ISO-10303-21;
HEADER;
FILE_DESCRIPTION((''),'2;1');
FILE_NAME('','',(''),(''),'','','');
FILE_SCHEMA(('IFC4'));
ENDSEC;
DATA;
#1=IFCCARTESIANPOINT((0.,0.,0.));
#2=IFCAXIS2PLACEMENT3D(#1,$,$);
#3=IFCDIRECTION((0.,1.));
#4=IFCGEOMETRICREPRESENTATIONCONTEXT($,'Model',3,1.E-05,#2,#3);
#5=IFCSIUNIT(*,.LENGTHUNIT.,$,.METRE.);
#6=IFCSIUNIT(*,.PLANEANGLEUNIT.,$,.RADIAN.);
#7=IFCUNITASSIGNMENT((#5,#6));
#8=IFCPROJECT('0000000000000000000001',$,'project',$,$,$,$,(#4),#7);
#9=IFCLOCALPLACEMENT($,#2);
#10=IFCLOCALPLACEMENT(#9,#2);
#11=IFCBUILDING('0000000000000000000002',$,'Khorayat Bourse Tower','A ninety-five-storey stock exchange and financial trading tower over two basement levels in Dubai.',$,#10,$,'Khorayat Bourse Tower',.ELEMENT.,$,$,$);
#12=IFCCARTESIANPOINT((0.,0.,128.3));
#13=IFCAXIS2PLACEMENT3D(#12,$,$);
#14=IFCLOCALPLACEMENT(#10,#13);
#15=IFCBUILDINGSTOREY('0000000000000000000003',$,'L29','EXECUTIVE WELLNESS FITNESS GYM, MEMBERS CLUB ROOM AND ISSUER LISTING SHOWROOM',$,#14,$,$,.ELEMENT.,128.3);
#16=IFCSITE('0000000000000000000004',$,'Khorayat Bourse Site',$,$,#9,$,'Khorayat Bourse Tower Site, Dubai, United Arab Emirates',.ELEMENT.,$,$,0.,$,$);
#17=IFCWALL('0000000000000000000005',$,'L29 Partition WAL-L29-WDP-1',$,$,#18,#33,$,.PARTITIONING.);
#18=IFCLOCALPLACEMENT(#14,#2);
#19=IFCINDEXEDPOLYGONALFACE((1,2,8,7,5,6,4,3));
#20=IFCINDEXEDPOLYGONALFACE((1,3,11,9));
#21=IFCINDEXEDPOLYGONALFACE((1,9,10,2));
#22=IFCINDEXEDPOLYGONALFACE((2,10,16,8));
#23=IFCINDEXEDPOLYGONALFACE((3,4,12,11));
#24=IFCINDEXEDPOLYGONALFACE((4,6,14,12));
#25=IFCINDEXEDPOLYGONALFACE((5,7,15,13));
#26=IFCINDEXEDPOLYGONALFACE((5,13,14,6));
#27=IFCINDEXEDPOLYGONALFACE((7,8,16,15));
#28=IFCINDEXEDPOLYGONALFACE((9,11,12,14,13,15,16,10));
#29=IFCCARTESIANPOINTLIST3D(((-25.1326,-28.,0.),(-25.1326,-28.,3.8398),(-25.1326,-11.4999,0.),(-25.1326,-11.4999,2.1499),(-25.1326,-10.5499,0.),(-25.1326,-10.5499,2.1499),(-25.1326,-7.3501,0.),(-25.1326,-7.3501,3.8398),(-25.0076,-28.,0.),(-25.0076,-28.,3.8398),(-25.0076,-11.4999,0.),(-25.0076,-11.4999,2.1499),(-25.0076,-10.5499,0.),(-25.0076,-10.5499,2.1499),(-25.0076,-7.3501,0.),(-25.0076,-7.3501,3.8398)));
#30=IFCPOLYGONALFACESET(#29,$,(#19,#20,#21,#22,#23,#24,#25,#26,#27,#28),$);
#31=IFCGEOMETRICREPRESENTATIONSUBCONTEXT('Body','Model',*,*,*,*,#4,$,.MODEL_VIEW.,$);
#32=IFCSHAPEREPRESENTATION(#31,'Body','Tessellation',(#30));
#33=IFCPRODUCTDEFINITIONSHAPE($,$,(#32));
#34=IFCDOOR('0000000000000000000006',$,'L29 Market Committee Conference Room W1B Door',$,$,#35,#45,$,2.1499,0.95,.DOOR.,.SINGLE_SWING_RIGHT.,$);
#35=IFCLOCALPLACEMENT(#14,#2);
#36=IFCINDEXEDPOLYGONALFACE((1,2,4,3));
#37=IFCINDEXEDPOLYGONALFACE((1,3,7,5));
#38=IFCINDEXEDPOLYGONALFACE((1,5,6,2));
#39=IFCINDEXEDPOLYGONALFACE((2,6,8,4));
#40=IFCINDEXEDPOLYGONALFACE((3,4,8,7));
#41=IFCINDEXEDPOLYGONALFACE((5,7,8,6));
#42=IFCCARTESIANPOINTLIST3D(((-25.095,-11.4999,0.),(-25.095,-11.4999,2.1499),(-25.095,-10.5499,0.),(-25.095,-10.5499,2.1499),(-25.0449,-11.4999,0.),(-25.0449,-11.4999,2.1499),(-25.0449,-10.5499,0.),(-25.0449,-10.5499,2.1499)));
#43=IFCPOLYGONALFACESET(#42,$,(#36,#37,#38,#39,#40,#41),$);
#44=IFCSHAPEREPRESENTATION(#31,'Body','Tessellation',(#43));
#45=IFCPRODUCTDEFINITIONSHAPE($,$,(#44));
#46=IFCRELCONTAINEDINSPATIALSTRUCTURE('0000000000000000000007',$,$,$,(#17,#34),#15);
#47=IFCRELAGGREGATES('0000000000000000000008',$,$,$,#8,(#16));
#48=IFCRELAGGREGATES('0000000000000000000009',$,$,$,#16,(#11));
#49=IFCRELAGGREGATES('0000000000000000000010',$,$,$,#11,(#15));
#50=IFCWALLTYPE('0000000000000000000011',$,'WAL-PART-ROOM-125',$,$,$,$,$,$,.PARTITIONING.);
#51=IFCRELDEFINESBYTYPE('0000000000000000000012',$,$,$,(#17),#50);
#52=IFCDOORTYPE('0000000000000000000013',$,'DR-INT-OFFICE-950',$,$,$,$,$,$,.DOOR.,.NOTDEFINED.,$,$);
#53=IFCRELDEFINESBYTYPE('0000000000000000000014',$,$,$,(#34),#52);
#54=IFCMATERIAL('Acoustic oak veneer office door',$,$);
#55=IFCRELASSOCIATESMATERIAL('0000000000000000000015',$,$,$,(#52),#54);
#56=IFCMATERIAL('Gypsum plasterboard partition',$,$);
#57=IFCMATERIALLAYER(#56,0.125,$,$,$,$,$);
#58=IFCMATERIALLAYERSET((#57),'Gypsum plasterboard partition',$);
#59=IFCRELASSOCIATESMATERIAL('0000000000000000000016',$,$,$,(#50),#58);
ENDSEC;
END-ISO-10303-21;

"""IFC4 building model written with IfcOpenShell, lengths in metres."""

from ifc_helpers import new_model, si_unit, direction, frame, frame_2d, origin, place, context, subcontext, project, spatial, rectangle, extrude, source, transform, mapped, material, layer, layer_set, type_object, element, fill, save


model = new_model("IFC4")

# Units and contexts
model_context = context("Model", 3, precision=1e-05, world=origin(), true_north=direction((0.0, 1.0)))
body_context = subcontext(model_context, "Body", "Model", "MODEL_VIEW")
ifc_project = project(units=[si_unit("LENGTHUNIT", "METRE"), si_unit("PLANEANGLEUNIT", "RADIAN")], contexts=[model_context])

# Site, building, storey
site_placement = place(None, origin())
site = spatial("IfcSite", under=ifc_project, at=site_placement, Name="Khorayat Bourse Site", LongName="Khorayat Bourse Tower Site, Dubai, United Arab Emirates", CompositionType="ELEMENT", RefElevation=0.0)
building_placement = place(site_placement, origin())
building = spatial("IfcBuilding", under=site, at=building_placement, Name="Khorayat Bourse Tower", Description="A ninety-five-storey stock exchange and financial trading tower over two basement levels in Dubai.", LongName="Khorayat Bourse Tower", CompositionType="ELEMENT")
storey_placement = place(building_placement, frame((0.0, 0.0, 128.3)))
storey = spatial("IfcBuildingStorey", under=building, at=storey_placement, Name="L29", Description="EXECUTIVE WELLNESS FITNESS GYM, MEMBERS CLUB ROOM AND ISSUER LISTING SHOWROOM", CompositionType="ELEMENT", Elevation=128.3)

# Wall, opening, door
ifc_material_1 = material(Name="Acoustic oak veneer office door")
door_type = type_object("IfcDoorType", Name="DR-INT-OFFICE-950", OperationType="NOTDEFINED", PredefinedType="DOOR", material=ifc_material_1)
shared_shape_1 = source(origin(), body_context, "Body", "SweptSolid", [
    extrude(rectangle(XDim=0.95, YDim=2.1499, at=frame_2d((0.4751, 1.075))), frame((0.0, 0.0249, 0.0), z_axis=(0.0, -1.0, 0.0), x_axis=(1.0, 0.0, 0.0)), (0.0, 0.0, 1.0), 0.05),
])
ifc_material_2 = material(Name="Gypsum plasterboard partition")
ifc_layer_1 = layer(ifc_material_2, 0.125)
ifc_layer_set_1 = layer_set([ifc_layer_1], Name="Gypsum plasterboard partition")
wall_type_1 = type_object("IfcWallType", Name="WAL-PART-ROOM-125", PredefinedType="PARTITIONING", material=ifc_layer_set_1)
shared_shape_2 = source(origin(), body_context, "Body", "SweptSolid", [
    extrude(rectangle(XDim=20.6499, YDim=0.125, at=frame_2d((10.325, 0.0))), origin(), (0.0, 0.0, 1.0), 3.8398),
])
wall_1_placement = place(storey_placement, frame((-25.0701, -28.0, 0.0), z_axis=(0.0, 0.0, 1.0), x_axis=(0.0, 1.0, 0.0)))
wall_1 = element("IfcWall", 1, at=wall_1_placement, inside=storey, type_object=wall_type_1, Name="L29 Partition WAL-L29-WDP-1", PredefinedType="PARTITIONING", context=body_context, shape_type="MappedRepresentation", body=[
    mapped(shared_shape_2, transform((0.0, 0.0, 0.0), scale=1.0)),
])
shared_shape_3 = source(origin(), body_context, "Body", "SweptSolid", [
    extrude(rectangle(XDim=0.95, YDim=2.1499, at=frame_2d((0.4751, 1.075))), frame((0.0, 0.0725, 0.0), z_axis=(0.0, -1.0, 0.0), x_axis=(1.0, 0.0, 0.0)), (0.0, 0.0, 1.0), 0.145),
])
opening_1_placement = place(wall_1_placement, frame((16.5, 0.0, 0.0)))
opening_1 = element("IfcOpeningElement", 2, at=opening_1_placement, cuts=wall_1, PredefinedType="OPENING", context=body_context, shape_type="MappedRepresentation", body=[
    mapped(shared_shape_3, transform((0.0, 0.0, 0.0), scale=1.0)),
])
door_1_placement = place(opening_1_placement, origin())
door_1 = element("IfcDoor", 3, at=door_1_placement, inside=storey, type_object=door_type, Name="L29 Market Committee Conference Room W1B Door", OperationType="SINGLE_SWING_RIGHT", OverallHeight=2.1499, OverallWidth=0.95, PredefinedType="DOOR", context=body_context, shape_type="MappedRepresentation", body=[
    mapped(shared_shape_1, transform((0.0, 0.0, 0.0), scale=1.0)),
])
fill(opening_1, door_1)

save(model, "model.ifc")
